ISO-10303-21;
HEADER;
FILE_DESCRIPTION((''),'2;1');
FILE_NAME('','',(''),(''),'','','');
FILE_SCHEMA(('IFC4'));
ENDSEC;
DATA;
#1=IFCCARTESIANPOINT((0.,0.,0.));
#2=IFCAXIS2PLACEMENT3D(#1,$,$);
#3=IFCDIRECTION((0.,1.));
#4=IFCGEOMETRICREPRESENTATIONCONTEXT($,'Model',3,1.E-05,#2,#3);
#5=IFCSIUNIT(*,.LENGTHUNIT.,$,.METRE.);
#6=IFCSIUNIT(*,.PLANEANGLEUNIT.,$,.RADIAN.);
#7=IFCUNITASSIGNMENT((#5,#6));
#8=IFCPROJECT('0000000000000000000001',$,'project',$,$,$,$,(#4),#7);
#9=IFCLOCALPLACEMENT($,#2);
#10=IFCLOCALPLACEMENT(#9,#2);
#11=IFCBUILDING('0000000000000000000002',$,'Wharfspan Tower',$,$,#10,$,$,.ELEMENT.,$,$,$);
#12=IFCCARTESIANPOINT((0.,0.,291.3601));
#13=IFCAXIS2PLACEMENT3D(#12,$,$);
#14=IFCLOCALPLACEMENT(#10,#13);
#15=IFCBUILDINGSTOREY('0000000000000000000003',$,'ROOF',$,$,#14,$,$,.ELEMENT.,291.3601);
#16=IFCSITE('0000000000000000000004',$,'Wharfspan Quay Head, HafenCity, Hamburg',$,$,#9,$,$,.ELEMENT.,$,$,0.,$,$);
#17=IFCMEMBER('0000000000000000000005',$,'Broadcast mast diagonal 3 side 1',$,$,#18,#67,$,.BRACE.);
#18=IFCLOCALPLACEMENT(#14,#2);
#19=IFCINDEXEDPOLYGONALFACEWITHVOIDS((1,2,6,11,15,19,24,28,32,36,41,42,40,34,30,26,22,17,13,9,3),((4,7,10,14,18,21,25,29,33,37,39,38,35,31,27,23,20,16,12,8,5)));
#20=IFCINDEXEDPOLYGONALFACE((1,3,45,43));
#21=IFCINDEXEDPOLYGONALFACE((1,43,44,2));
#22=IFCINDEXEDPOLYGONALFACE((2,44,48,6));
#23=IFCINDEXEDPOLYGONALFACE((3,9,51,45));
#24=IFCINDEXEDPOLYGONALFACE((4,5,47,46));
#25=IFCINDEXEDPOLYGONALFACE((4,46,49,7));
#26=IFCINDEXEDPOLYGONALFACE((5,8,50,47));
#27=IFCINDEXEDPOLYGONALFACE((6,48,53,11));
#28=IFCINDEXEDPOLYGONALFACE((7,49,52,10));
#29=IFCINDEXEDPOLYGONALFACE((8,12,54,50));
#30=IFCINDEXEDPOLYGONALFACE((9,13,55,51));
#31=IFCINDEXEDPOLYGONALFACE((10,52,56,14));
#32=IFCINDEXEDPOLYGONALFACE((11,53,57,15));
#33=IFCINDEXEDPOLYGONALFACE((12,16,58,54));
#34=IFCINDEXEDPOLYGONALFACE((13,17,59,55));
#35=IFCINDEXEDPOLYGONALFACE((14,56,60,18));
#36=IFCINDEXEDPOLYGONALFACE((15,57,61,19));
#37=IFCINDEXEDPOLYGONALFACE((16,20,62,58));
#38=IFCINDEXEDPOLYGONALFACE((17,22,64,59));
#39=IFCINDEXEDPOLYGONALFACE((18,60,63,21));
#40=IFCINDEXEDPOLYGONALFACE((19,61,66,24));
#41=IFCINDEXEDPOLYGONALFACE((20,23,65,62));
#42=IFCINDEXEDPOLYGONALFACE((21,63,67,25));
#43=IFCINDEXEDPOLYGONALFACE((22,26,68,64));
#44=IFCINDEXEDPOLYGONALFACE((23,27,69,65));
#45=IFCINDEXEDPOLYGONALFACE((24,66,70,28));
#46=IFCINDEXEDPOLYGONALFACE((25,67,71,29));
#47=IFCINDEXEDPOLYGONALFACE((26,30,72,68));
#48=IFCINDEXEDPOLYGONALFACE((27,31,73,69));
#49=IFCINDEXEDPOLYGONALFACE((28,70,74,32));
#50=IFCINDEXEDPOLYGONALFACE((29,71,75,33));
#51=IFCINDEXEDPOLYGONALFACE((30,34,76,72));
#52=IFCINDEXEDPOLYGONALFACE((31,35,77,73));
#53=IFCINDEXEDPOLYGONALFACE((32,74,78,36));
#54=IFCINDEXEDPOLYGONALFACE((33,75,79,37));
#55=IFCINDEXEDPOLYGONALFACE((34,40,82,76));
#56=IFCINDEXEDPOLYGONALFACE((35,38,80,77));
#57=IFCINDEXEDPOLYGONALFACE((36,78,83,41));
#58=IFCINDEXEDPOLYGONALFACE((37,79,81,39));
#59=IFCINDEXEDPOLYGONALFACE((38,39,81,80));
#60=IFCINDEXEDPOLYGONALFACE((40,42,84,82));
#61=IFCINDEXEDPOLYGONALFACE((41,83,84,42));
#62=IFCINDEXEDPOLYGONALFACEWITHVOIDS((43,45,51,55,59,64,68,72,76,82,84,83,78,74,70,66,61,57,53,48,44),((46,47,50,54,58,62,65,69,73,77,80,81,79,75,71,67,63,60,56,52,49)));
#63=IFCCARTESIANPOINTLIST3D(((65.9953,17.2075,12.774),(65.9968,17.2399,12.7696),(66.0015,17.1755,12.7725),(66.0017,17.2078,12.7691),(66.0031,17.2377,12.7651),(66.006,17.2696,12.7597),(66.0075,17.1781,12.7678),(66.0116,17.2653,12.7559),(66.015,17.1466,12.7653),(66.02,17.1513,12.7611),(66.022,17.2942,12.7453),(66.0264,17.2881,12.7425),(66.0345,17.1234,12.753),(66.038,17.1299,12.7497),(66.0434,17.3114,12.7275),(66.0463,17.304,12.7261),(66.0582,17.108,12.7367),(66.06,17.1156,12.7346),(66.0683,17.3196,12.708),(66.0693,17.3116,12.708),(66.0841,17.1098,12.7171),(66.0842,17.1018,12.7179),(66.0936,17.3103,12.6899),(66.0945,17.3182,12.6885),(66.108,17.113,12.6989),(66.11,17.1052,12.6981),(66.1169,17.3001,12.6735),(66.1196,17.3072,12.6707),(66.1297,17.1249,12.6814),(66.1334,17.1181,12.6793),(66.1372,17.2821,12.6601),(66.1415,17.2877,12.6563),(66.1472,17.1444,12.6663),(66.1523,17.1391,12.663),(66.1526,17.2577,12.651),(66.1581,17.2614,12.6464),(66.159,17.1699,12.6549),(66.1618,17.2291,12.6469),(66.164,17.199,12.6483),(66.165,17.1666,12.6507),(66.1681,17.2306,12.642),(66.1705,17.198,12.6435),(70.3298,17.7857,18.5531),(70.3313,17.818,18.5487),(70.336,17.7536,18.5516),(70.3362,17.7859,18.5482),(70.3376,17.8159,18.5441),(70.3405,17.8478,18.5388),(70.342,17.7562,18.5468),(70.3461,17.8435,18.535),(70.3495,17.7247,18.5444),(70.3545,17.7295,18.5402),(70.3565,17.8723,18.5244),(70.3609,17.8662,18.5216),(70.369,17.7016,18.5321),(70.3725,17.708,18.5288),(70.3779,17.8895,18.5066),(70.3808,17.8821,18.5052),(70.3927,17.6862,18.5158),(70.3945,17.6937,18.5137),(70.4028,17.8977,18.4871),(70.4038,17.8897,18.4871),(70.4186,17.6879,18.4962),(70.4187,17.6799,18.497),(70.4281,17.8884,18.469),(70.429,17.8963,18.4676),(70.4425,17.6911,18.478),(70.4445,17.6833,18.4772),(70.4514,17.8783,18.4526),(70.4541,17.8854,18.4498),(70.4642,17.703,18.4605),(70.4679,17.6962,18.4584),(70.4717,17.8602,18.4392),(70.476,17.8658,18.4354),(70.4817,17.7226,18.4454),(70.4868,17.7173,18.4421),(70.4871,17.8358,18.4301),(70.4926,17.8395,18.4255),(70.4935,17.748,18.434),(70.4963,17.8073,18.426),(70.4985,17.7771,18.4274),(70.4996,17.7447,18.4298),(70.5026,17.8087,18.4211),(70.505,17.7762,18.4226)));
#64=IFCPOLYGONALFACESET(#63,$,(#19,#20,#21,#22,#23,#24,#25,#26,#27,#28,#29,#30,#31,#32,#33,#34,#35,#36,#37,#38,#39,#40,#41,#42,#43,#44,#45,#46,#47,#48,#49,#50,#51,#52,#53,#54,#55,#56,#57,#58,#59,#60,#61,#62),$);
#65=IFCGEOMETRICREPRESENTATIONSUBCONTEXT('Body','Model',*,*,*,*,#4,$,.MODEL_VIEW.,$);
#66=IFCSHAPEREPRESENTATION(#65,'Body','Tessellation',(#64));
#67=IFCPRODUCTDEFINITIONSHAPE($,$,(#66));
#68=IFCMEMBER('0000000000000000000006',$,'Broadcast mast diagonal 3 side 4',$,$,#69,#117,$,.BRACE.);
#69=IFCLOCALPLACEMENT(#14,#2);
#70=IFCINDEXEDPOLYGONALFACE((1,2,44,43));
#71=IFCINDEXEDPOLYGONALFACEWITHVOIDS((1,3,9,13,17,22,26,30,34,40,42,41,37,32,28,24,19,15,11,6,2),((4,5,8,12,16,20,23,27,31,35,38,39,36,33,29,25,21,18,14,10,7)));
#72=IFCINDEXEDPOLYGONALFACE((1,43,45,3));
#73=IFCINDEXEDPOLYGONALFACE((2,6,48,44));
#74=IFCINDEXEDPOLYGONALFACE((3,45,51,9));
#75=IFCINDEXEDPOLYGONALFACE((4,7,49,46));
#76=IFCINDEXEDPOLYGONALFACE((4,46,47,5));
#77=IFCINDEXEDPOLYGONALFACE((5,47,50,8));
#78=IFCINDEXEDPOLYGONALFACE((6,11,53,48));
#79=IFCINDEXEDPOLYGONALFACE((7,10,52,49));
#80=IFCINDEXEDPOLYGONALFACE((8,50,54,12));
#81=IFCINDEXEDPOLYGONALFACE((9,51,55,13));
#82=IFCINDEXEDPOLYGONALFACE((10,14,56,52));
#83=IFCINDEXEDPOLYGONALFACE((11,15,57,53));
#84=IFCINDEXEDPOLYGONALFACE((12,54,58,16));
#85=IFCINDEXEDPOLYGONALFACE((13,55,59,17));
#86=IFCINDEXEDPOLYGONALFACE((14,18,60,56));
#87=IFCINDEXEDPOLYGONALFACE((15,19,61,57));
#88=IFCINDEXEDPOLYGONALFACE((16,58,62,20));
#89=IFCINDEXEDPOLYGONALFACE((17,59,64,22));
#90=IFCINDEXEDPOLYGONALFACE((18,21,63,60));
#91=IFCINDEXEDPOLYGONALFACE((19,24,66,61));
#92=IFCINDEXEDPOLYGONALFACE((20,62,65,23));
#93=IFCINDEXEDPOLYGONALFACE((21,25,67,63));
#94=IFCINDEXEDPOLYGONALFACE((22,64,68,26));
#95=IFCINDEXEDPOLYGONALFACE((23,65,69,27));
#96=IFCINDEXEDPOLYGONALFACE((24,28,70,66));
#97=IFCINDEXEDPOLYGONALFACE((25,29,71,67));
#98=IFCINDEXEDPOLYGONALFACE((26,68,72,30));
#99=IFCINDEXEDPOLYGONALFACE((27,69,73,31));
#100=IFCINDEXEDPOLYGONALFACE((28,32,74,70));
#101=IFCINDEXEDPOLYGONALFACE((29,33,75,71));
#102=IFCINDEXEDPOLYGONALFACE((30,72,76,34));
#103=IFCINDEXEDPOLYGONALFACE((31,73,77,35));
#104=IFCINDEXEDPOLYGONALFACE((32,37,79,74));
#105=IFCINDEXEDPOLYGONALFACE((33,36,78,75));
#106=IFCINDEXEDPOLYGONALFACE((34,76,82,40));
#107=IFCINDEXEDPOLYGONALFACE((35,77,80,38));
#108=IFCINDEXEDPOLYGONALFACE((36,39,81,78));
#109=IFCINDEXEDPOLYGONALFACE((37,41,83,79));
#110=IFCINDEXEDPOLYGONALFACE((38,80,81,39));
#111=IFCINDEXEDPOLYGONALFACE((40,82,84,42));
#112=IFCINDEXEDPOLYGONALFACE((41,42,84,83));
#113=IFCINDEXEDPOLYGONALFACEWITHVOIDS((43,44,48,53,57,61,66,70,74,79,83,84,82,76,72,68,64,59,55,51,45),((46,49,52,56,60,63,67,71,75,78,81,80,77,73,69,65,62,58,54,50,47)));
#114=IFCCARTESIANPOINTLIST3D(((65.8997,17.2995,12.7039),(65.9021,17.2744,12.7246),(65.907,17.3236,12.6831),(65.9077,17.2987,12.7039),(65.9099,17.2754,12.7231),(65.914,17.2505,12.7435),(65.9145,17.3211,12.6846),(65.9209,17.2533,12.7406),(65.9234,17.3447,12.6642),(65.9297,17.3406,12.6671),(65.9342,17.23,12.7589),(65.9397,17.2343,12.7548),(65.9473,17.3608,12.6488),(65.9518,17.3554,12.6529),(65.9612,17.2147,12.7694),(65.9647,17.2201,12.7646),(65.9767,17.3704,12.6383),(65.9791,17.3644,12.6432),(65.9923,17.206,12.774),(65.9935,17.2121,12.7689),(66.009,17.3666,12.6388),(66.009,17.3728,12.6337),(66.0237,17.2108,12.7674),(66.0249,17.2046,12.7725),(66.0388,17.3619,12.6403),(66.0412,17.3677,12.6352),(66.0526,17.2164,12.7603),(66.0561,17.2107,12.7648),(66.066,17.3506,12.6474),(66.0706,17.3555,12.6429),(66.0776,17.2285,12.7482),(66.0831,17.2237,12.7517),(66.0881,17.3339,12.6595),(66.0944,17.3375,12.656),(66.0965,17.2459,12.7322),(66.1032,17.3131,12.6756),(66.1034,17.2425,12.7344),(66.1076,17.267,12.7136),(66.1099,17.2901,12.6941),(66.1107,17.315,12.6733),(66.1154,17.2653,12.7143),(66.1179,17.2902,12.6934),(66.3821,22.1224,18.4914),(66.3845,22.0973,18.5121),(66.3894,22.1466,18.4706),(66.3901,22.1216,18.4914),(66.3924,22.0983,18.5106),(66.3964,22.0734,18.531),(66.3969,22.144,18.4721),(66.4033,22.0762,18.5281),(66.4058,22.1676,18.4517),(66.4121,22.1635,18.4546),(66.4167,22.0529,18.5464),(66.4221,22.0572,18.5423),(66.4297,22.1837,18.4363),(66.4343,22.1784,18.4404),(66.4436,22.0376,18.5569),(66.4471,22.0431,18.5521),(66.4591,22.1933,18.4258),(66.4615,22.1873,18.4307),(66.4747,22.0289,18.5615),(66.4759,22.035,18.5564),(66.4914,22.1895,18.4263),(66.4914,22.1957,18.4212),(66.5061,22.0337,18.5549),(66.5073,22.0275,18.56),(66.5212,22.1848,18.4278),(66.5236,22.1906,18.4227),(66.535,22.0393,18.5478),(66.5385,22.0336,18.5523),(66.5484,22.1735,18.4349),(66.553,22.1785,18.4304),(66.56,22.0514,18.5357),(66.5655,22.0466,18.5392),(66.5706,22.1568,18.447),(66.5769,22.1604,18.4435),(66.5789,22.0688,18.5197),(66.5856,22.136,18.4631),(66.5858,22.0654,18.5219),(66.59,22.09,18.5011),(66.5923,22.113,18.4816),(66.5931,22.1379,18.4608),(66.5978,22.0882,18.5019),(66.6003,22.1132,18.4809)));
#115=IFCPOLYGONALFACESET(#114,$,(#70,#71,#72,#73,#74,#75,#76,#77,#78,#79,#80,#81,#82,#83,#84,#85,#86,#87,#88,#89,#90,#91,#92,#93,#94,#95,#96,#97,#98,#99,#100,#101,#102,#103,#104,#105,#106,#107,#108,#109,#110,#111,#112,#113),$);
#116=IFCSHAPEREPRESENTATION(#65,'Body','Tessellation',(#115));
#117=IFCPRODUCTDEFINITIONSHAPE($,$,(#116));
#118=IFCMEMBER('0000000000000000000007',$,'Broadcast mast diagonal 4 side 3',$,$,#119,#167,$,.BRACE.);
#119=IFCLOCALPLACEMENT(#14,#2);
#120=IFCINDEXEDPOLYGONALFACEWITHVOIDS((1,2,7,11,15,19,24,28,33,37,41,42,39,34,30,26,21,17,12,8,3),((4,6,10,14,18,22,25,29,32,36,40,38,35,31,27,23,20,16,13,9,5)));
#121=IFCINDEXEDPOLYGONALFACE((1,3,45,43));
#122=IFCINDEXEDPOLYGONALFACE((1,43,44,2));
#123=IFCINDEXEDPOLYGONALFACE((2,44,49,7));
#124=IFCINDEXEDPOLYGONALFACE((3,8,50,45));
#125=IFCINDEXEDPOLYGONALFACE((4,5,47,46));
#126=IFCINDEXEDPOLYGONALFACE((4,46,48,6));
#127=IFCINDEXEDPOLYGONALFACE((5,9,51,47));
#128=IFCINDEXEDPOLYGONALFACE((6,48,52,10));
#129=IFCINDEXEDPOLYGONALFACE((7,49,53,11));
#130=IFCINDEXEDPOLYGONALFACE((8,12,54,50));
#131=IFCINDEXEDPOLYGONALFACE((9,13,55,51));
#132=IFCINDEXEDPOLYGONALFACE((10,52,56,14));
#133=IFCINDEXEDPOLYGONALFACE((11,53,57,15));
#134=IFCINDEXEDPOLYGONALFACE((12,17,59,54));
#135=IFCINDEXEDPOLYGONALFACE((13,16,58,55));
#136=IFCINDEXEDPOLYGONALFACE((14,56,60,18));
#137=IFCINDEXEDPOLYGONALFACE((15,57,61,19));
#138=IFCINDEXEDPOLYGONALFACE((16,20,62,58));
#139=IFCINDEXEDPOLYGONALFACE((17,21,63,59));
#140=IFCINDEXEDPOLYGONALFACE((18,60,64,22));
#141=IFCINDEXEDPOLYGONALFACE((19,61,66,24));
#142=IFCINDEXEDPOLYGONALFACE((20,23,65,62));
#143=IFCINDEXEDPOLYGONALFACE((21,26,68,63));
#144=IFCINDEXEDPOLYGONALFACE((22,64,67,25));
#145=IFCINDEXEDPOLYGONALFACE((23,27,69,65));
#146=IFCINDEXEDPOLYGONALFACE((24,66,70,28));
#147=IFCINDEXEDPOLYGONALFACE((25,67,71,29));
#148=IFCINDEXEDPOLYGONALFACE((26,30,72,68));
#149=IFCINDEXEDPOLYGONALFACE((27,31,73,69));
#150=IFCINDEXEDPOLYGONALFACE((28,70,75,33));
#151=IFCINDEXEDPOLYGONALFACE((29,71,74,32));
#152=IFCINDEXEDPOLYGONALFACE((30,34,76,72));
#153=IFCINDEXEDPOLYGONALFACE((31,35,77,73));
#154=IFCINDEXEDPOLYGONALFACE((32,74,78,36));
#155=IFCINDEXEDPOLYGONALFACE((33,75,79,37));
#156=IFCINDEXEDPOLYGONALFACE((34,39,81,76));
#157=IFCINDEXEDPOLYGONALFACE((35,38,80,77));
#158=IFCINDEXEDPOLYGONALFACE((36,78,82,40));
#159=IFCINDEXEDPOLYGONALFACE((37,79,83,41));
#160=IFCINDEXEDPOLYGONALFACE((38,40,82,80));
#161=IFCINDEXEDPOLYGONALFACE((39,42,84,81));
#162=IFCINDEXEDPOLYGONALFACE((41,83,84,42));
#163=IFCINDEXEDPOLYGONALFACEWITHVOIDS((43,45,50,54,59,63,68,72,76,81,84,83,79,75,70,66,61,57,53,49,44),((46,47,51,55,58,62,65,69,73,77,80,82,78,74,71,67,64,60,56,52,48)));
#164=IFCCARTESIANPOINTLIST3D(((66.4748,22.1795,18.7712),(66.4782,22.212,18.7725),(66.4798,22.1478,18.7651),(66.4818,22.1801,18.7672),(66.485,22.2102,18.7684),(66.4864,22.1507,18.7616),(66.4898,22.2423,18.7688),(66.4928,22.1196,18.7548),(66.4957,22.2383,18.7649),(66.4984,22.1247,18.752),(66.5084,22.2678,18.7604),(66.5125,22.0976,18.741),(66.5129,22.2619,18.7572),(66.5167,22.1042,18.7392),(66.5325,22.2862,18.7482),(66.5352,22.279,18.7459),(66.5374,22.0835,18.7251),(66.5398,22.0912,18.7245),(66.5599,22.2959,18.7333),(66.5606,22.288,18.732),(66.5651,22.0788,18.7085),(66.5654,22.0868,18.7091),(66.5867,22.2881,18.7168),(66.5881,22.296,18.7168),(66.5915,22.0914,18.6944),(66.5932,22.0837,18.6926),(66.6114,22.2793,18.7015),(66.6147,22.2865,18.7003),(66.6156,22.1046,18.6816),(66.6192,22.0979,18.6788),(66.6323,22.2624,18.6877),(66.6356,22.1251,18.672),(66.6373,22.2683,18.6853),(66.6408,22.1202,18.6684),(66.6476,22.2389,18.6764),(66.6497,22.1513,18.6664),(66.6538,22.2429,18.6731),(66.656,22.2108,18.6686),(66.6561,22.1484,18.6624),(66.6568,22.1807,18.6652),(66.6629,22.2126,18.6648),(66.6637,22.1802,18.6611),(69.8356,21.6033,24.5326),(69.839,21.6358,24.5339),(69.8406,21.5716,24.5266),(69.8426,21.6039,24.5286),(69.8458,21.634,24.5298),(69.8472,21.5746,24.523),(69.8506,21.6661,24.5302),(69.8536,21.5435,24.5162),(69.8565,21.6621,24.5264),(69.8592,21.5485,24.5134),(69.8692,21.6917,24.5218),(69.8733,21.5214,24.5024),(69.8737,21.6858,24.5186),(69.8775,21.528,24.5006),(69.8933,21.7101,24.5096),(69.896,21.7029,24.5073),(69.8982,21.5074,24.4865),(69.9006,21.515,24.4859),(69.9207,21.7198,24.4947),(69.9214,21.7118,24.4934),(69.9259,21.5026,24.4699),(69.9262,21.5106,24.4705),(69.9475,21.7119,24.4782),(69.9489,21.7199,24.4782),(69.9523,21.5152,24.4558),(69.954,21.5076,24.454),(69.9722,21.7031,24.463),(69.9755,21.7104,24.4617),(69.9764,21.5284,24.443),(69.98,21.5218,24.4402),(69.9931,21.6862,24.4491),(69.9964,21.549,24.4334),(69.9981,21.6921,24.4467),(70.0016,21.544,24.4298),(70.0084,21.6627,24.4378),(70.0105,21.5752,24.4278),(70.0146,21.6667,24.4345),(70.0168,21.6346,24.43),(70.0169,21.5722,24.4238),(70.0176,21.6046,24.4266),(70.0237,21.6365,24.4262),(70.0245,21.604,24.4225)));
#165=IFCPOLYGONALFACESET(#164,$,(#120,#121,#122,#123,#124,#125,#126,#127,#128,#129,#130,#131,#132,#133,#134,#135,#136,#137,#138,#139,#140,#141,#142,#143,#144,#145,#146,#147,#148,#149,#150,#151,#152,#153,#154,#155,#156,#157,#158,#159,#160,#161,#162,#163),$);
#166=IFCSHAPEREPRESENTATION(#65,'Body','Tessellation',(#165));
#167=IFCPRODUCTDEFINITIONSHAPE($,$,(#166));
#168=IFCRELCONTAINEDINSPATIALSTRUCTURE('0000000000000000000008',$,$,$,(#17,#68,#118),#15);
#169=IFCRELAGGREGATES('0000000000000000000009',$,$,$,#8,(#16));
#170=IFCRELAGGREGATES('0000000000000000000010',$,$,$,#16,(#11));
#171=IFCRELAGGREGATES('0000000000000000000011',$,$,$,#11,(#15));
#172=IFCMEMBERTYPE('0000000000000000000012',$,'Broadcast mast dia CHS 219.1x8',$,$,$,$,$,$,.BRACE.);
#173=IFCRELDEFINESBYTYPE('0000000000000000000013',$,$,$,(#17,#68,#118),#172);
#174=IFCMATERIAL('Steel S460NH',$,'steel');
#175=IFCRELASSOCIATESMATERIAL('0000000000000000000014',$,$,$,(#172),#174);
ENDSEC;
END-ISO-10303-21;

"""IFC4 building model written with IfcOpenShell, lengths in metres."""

from ifc_helpers import new_model, si_unit, direction, frame, origin, origin_2d, place, context, subcontext, project, spatial, hollow_circle, extrude, material, material_profile, profile_set, type_object, element, save


model = new_model("IFC4")

# Units and contexts
model_context = context("Model", 3, precision=1e-05, world=origin(), true_north=direction((0.0, 1.0)))
body_context = subcontext(model_context, "Body", "Model", "MODEL_VIEW")
ifc_project = project(units=[si_unit("LENGTHUNIT", "METRE"), si_unit("PLANEANGLEUNIT", "RADIAN")], contexts=[model_context])

# Site, building, storey
site_placement = place(None, origin())
site = spatial("IfcSite", under=ifc_project, at=site_placement, Name="Wharfspan Quay Head, HafenCity, Hamburg", CompositionType="ELEMENT", RefElevation=0.0)
building_placement = place(site_placement, origin())
building = spatial("IfcBuilding", under=site, at=building_placement, Name="Wharfspan Tower", CompositionType="ELEMENT")
storey_placement = place(building_placement, frame((0.0, 0.0, 291.3601)))
storey = spatial("IfcBuildingStorey", under=building, at=storey_placement, Name="ROOF", CompositionType="ELEMENT", Elevation=291.3601)

# Members
ifc_material = material(Name="Steel S460NH", Category="steel")
ifc_material_profile_1 = material_profile(ifc_material, hollow_circle(Radius=0.1096, WallThickness=0.0081, at=origin_2d()))
ifc_profile_set_1 = profile_set([ifc_material_profile_1], Name="Steel S460NH")
member_type_1 = type_object("IfcMemberType", Name="Broadcast mast dia CHS 219.1x8", PredefinedType="BRACE", material=ifc_profile_set_1)
member_1_placement = place(storey_placement, frame((66.0828, 17.2109, 12.708), z_axis=(0.598104, 0.079774, 0.797438), x_axis=(-0.132206, 0.991222, -0.000001)))
element("IfcMember", 1, at=member_1_placement, inside=storey, type_object=member_type_1, Name="Broadcast mast diagonal 3 side 1", PredefinedType="BRACE", context=body_context, shape_type="SweptSolid", body=[
    extrude(hollow_circle(Radius=0.1096, WallThickness=0.0081, at=origin_2d()), origin(), (0.0, 0.0, 1.0), 7.2471),
])
member_2_placement = place(storey_placement, frame((66.0088, 17.2886, 12.7039), z_axis=(0.063904, 0.638876, 0.766651), x_axis=(-0.995035, 0.099529, 0.0)))
element("IfcMember", 2, at=member_2_placement, inside=storey, type_object=member_type_1, Name="Broadcast mast diagonal 3 side 4", PredefinedType="BRACE", context=body_context, shape_type="SweptSolid", body=[
    extrude(hollow_circle(Radius=0.1096, WallThickness=0.0081, at=origin_2d()), origin(), (0.0, 0.0, 1.0), 7.5491),
])
member_3_placement = place(storey_placement, frame((66.5696, 22.188, 18.7168), z_axis=(0.501999, -0.086061, 0.860575), x_axis=(0.168971, 0.985618, 0.0)))
element("IfcMember", 3, at=member_3_placement, inside=storey, type_object=member_type_1, Name="Broadcast mast diagonal 4 side 3", PredefinedType="BRACE", context=body_context, shape_type="SweptSolid", body=[
    extrude(hollow_circle(Radius=0.1096, WallThickness=0.0081, at=origin_2d()), origin(), (0.0, 0.0, 1.0), 6.6948),
])

save(model, "model.ifc")
